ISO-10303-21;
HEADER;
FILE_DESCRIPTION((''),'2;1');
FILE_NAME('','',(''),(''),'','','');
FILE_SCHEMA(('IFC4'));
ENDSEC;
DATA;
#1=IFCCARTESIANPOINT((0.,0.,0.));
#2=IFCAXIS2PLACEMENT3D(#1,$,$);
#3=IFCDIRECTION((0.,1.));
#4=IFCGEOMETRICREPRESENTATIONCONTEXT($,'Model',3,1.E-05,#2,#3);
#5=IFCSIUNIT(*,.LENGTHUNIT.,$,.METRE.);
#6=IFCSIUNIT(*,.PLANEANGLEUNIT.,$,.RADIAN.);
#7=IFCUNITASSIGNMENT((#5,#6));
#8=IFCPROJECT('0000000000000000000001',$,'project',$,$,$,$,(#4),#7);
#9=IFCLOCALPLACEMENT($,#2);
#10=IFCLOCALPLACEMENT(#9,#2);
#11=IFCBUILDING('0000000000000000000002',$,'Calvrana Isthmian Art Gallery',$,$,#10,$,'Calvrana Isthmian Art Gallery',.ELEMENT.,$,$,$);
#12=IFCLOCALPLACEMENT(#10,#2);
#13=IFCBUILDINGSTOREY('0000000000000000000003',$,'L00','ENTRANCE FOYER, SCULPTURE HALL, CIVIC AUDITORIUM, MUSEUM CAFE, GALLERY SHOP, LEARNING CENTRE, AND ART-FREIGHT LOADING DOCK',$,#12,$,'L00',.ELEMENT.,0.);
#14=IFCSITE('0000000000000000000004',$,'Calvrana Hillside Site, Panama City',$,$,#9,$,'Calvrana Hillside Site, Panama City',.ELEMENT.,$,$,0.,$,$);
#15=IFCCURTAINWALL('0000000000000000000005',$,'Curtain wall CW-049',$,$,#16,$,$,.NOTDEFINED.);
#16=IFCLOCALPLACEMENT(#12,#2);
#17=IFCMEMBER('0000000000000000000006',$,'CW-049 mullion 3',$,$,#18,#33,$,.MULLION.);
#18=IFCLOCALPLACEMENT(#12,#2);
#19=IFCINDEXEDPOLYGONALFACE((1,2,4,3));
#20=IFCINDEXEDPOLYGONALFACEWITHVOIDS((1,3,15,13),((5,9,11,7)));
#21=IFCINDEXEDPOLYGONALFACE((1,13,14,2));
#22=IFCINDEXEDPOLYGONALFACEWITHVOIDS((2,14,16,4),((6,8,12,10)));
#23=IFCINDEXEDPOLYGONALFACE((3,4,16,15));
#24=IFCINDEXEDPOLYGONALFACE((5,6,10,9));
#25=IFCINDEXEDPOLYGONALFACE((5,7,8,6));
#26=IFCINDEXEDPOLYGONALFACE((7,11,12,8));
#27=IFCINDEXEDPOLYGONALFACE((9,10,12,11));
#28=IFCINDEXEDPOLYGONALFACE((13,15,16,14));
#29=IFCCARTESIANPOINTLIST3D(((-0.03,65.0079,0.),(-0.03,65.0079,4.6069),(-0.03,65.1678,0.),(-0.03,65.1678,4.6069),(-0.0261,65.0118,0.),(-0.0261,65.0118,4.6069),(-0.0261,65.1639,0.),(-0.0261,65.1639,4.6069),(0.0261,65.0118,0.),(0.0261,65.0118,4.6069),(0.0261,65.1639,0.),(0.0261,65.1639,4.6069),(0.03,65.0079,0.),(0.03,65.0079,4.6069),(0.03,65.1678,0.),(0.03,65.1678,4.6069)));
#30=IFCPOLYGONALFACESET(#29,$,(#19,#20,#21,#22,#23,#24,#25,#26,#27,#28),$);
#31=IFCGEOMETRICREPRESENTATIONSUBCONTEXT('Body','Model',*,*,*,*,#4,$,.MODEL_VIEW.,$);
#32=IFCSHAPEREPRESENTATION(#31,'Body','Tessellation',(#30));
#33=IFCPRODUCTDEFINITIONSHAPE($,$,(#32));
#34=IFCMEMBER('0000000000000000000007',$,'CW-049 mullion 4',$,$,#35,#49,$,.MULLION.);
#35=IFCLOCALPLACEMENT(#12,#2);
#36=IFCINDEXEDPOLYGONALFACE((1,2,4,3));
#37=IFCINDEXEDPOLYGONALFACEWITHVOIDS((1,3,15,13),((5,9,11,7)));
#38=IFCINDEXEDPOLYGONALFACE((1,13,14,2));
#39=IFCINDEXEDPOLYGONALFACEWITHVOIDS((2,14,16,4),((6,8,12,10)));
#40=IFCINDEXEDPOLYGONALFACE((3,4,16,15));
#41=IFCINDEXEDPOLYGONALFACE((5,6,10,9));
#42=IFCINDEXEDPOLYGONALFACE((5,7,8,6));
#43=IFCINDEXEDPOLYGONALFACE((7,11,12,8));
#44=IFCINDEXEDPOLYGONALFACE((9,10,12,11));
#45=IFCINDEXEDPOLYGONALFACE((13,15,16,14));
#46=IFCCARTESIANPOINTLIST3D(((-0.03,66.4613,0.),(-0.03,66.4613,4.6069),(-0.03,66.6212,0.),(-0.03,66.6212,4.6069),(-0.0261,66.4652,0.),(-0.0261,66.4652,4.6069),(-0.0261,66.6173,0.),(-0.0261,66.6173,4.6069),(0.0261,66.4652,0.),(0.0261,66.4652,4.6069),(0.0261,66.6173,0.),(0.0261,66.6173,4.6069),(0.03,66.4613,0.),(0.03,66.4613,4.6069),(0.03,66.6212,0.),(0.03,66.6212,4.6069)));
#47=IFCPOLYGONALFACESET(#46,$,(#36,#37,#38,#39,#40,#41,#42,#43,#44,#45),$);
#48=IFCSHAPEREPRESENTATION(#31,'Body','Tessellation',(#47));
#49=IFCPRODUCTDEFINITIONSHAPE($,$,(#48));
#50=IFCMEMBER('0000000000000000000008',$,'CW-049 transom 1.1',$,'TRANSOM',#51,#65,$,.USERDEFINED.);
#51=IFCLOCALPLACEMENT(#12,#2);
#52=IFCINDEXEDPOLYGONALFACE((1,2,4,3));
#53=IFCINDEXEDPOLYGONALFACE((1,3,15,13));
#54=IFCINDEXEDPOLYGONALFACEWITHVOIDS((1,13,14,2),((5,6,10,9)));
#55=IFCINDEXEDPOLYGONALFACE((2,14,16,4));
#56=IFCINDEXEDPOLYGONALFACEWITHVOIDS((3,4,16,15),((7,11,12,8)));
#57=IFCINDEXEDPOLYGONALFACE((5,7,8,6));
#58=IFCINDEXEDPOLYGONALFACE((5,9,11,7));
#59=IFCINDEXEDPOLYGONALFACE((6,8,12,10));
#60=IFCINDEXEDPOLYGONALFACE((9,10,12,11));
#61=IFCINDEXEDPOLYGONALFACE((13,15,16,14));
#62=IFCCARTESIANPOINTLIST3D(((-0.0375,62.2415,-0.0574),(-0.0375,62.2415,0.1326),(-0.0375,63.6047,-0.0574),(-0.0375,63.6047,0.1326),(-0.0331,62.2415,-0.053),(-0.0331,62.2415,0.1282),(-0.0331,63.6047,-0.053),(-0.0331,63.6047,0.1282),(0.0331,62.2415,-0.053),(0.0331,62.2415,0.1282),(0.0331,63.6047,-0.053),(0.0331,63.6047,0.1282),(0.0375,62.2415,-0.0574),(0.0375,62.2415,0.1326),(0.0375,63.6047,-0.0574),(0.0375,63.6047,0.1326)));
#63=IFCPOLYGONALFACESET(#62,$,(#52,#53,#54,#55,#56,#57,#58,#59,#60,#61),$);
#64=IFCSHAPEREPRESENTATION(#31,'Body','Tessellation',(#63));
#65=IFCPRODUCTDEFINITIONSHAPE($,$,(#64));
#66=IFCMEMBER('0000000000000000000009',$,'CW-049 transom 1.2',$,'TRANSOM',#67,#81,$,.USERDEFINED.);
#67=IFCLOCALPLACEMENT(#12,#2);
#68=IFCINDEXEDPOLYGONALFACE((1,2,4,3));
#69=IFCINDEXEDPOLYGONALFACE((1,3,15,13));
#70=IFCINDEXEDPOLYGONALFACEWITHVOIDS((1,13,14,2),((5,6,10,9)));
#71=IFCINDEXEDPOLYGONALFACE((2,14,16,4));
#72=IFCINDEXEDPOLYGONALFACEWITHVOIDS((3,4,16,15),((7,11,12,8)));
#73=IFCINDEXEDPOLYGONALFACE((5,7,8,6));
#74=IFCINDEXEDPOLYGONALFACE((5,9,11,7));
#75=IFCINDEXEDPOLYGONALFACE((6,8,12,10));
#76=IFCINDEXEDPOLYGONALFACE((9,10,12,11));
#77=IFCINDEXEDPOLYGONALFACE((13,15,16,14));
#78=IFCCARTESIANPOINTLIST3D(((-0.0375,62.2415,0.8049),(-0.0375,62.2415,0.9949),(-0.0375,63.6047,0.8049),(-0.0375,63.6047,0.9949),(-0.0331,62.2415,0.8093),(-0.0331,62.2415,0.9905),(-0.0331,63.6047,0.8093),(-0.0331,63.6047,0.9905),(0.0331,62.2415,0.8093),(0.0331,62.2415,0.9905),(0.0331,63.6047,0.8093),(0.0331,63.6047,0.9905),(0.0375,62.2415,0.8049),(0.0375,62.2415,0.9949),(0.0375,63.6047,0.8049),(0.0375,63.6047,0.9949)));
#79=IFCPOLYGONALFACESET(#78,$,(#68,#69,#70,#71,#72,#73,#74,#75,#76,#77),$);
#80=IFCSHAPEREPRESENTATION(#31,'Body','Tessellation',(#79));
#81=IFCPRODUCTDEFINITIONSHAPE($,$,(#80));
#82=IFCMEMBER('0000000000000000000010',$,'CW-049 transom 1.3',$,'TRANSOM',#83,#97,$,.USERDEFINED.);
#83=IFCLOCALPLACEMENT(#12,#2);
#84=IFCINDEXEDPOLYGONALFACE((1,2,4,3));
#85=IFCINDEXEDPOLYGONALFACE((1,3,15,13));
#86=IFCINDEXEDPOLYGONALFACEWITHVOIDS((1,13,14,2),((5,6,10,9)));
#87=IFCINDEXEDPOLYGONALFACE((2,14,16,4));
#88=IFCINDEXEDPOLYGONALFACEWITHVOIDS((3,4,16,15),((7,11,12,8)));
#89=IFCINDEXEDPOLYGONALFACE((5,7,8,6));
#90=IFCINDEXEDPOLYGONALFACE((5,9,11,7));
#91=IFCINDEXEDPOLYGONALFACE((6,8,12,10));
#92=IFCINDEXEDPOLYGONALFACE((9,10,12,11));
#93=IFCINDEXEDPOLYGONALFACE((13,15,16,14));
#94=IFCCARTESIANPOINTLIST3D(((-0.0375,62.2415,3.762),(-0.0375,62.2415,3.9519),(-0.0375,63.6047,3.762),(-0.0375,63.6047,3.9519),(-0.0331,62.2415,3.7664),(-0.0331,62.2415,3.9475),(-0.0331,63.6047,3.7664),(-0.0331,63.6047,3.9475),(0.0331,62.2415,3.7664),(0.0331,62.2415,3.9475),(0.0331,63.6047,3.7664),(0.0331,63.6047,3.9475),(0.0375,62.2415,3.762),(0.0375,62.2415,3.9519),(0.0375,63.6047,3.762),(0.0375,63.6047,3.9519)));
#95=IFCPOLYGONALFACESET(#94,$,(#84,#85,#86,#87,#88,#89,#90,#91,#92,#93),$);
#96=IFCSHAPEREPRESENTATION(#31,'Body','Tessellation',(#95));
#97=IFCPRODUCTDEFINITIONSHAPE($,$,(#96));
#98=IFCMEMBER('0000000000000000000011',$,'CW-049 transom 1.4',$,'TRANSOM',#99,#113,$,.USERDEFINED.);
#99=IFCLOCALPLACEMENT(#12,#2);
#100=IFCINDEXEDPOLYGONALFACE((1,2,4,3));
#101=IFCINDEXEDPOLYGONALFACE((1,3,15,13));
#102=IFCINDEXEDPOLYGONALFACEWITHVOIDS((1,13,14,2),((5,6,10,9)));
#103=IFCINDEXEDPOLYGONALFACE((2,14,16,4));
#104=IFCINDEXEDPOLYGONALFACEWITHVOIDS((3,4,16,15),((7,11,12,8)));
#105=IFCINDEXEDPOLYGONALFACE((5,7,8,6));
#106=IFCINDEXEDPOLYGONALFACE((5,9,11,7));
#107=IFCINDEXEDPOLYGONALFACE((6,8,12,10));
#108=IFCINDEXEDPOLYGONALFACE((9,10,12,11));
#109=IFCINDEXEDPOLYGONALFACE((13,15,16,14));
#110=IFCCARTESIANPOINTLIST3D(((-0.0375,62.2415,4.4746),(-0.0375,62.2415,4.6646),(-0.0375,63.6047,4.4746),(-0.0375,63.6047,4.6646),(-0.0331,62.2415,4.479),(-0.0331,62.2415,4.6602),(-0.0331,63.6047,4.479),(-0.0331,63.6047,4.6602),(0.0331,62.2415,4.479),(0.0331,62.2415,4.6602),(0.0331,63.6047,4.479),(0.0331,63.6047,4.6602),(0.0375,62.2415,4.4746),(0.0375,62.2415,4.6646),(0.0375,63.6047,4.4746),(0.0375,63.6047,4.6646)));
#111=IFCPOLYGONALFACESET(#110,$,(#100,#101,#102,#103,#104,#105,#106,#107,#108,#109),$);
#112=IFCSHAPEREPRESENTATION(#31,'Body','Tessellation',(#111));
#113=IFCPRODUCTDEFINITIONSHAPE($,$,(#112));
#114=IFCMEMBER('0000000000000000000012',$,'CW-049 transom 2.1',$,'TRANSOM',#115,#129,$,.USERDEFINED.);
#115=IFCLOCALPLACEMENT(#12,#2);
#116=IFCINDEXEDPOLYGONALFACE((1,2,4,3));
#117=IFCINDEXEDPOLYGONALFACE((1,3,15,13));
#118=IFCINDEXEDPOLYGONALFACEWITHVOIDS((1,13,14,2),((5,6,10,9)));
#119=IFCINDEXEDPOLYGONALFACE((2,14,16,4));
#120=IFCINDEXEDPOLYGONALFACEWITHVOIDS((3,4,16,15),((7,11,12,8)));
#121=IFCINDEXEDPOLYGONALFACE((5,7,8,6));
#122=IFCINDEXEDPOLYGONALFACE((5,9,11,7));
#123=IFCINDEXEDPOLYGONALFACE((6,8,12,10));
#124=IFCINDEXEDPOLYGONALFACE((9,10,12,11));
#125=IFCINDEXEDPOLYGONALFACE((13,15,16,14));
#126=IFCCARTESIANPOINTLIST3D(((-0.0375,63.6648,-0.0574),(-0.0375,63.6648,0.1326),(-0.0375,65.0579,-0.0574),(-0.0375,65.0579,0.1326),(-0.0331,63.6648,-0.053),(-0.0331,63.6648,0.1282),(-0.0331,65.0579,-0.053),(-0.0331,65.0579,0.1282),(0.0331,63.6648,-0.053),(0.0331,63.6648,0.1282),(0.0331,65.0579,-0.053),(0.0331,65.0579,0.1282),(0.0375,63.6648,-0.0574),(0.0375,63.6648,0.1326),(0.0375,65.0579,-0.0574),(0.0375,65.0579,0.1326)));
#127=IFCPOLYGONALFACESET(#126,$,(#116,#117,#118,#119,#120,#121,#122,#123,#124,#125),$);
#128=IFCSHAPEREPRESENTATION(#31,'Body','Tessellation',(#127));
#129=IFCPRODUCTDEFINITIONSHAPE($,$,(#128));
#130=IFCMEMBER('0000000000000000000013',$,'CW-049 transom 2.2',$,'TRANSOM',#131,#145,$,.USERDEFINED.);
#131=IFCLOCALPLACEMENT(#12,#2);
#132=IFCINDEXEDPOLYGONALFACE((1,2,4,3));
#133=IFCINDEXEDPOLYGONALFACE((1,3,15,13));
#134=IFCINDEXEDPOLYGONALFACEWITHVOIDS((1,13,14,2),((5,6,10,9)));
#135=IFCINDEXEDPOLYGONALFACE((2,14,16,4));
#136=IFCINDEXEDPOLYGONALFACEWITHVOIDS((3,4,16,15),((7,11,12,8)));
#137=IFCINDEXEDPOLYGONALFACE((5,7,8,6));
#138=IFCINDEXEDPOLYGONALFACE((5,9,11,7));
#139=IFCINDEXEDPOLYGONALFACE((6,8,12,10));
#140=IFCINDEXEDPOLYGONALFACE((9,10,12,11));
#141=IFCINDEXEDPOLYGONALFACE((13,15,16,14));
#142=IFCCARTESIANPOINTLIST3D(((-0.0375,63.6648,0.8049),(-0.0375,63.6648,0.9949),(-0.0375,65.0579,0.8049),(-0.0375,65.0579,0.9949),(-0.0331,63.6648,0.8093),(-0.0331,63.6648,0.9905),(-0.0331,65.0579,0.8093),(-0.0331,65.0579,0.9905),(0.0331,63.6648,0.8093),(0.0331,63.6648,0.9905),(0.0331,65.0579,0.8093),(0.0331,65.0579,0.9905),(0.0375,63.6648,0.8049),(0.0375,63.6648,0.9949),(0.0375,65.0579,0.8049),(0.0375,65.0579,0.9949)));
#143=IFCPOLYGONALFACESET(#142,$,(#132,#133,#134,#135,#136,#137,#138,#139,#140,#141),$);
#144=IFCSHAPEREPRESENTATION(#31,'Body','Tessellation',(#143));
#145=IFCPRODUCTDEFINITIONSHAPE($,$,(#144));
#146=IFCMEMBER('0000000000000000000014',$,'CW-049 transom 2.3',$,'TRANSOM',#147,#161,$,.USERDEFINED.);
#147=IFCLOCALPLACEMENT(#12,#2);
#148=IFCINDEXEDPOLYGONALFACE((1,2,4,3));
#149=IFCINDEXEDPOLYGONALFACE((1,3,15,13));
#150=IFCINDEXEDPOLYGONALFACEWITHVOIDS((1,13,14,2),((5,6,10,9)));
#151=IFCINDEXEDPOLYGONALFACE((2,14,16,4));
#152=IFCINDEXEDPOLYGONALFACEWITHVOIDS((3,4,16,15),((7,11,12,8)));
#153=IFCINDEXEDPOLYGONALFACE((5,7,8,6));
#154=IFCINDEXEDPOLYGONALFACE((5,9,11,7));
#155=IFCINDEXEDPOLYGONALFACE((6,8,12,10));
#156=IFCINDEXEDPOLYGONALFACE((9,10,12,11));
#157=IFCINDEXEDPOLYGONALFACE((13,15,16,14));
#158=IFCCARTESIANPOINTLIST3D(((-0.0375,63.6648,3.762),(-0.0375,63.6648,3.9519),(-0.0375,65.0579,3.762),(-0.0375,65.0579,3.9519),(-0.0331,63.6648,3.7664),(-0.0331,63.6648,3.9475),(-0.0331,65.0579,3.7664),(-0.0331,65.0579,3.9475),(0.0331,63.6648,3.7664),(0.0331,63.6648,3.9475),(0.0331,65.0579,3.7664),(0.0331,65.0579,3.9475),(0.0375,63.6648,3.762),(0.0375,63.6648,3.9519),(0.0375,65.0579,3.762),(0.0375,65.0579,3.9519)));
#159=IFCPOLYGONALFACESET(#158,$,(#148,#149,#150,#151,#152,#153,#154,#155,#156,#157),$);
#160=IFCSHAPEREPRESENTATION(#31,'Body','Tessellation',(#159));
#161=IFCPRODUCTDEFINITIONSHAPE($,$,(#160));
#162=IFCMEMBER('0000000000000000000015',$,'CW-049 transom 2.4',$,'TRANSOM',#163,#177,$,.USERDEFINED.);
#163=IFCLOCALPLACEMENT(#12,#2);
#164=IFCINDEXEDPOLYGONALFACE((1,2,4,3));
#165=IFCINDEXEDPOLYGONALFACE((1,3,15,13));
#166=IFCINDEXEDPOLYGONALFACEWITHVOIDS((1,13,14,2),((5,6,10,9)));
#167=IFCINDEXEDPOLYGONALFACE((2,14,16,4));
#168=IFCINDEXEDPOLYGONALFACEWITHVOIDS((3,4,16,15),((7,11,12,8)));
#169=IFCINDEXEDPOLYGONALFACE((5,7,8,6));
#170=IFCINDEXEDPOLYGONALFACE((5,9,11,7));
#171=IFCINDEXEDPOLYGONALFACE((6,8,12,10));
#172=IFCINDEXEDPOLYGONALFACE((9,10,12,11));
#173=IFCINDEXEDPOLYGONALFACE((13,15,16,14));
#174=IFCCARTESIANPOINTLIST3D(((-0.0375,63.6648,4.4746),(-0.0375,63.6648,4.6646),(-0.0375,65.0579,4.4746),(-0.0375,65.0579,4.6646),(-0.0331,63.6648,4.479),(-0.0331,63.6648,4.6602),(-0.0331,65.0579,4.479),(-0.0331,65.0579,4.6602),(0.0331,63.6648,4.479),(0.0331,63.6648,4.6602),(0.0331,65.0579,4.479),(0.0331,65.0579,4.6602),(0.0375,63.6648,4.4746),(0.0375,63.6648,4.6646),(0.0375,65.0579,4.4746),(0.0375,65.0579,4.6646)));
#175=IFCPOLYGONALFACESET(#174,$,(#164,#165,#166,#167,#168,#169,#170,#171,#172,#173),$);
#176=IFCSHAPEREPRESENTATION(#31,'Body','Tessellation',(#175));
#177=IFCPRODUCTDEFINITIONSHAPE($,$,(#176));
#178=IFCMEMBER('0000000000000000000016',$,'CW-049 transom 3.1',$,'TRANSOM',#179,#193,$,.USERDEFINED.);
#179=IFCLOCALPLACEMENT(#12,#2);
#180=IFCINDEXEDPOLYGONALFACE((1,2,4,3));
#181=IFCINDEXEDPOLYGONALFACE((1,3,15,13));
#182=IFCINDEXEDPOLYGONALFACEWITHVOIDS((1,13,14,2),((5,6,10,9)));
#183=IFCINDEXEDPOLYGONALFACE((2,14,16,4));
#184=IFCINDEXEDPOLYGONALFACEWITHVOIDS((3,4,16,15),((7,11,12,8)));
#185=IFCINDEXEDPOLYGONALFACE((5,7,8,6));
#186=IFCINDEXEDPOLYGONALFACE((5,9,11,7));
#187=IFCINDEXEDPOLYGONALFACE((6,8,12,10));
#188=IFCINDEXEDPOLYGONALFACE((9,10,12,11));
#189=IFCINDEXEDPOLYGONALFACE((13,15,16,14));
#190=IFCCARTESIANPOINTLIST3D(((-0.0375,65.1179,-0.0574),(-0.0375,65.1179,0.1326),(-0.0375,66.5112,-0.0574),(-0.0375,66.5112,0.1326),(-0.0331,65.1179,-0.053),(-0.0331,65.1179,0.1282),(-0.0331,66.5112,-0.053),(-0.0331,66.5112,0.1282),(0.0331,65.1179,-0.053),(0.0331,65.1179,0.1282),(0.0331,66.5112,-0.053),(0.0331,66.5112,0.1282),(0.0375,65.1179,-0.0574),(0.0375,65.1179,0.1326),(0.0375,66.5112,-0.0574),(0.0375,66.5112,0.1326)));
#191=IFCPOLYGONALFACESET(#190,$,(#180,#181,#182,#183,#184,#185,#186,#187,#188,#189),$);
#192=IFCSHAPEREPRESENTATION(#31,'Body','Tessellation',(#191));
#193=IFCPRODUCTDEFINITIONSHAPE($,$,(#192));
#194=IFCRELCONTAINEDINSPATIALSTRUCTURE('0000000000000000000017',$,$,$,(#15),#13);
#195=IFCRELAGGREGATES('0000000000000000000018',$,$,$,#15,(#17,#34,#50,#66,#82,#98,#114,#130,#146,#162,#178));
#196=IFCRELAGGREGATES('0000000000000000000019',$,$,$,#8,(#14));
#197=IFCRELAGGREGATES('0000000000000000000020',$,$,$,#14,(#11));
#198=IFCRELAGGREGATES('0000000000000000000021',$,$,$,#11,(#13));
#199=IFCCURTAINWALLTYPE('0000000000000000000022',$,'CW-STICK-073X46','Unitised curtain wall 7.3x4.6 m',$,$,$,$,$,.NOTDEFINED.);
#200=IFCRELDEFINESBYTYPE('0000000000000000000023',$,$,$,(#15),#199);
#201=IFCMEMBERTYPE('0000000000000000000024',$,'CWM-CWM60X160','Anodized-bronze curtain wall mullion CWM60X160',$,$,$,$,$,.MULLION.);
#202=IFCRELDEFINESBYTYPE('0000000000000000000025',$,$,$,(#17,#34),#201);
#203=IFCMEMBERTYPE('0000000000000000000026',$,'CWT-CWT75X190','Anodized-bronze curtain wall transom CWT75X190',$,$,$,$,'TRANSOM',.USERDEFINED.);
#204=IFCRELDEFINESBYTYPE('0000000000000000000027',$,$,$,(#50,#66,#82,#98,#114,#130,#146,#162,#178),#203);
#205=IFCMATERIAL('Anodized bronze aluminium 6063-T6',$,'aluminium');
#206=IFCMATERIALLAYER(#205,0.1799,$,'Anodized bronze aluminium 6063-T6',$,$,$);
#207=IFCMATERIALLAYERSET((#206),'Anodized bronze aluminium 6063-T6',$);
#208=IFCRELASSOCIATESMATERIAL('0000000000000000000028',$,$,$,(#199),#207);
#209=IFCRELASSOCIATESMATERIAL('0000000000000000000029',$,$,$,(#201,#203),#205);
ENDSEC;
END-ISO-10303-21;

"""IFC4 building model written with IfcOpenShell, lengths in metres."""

from ifc_helpers import new_model, si_unit, direction, frame, origin, origin_2d, place, context, subcontext, project, spatial, hollow_rectangle, extrude, material, layer, layer_set, material_profile, profile_set, type_object, element, aggregate, save


model = new_model("IFC4")

# Units and contexts
model_context = context("Model", 3, precision=1e-05, world=origin(), true_north=direction((0.0, 1.0)))
body_context = subcontext(model_context, "Body", "Model", "MODEL_VIEW")
ifc_project = project(units=[si_unit("LENGTHUNIT", "METRE"), si_unit("PLANEANGLEUNIT", "RADIAN")], contexts=[model_context])

# Site, building, storey
site_placement = place(None, origin())
site = spatial("IfcSite", under=ifc_project, at=site_placement, Name="Calvrana Hillside Site, Panama City", LongName="Calvrana Hillside Site, Panama City", CompositionType="ELEMENT", RefElevation=0.0)
building_placement = place(site_placement, origin())
building = spatial("IfcBuilding", under=site, at=building_placement, Name="Calvrana Isthmian Art Gallery", LongName="Calvrana Isthmian Art Gallery", CompositionType="ELEMENT")
storey_placement = place(building_placement, origin())
storey = spatial("IfcBuildingStorey", under=building, at=storey_placement, Name="L00", Description="ENTRANCE FOYER, SCULPTURE HALL, CIVIC AUDITORIUM, MUSEUM CAFE, GALLERY SHOP, LEARNING CENTRE, AND ART-FREIGHT LOADING DOCK", LongName="L00", CompositionType="ELEMENT", Elevation=0.0)

# Curtain wall, members
ifc_material_1 = material(Name="Anodized bronze aluminium 6063-T6", Category="aluminium")
ifc_layer_1 = layer(ifc_material_1, 0.1799, Name="Anodized bronze aluminium 6063-T6")
ifc_layer_set_1 = layer_set([ifc_layer_1], Name="Anodized bronze aluminium 6063-T6")
curtain_wall_type = type_object("IfcCurtainWallType", Name="CW-STICK-073X46", Description="Unitised curtain wall 7.3x4.6 m", PredefinedType="NOTDEFINED", material=ifc_layer_set_1)
curtain_wall_placement = place(storey_placement, origin())
curtain_wall = element("IfcCurtainWall", 1, at=curtain_wall_placement, inside=storey, type_object=curtain_wall_type, Name="Curtain wall CW-049", PredefinedType="NOTDEFINED")
ifc_material_profile_1 = material_profile(ifc_material_1, hollow_rectangle(XDim=0.0601, YDim=0.1599, WallThickness=0.0039, at=origin_2d()), Name="CWM60X160")
ifc_profile_set_1 = profile_set([ifc_material_profile_1], Name="Anodized bronze aluminium 6063-T6")
member_type_1 = type_object("IfcMemberType", Name="CWM-CWM60X160", Description="Anodized-bronze curtain wall mullion CWM60X160", PredefinedType="MULLION", material=ifc_profile_set_1)
member_1_placement = place(storey_placement, frame((0.0, 65.0879, 0.0), z_axis=(0.0, 0.0, 1.0), x_axis=(-1.0, 0.0, 0.0)))
member_1 = element("IfcMember", 2, at=member_1_placement, type_object=member_type_1, Name="CW-049 mullion 3", PredefinedType="MULLION", context=body_context, shape_type="SweptSolid", body=[
    extrude(hollow_rectangle(XDim=0.0601, YDim=0.1599, WallThickness=0.0039, at=origin_2d()), origin(), (0.0, 0.0, 1.0), 4.6069),
])
member_2_placement = place(storey_placement, frame((0.0, 66.5413, 0.0), z_axis=(0.0, 0.0, 1.0), x_axis=(-1.0, 0.0, 0.0)))
member_2 = element("IfcMember", 3, at=member_2_placement, type_object=member_type_1, Name="CW-049 mullion 4", PredefinedType="MULLION", context=body_context, shape_type="SweptSolid", body=[
    extrude(hollow_rectangle(XDim=0.0601, YDim=0.1599, WallThickness=0.0039, at=origin_2d()), origin(), (0.0, 0.0, 1.0), 4.6069),
])
ifc_material_profile_2 = material_profile(ifc_material_1, hollow_rectangle(XDim=0.075, YDim=0.1899, WallThickness=0.0044, at=origin_2d()), Name="CWT75X190")
ifc_profile_set_2 = profile_set([ifc_material_profile_2], Name="Anodized bronze aluminium 6063-T6")
member_type_2 = type_object("IfcMemberType", Name="CWT-CWT75X190", Description="Anodized-bronze curtain wall transom CWT75X190", ElementType="TRANSOM", PredefinedType="USERDEFINED", material=ifc_profile_set_2)
member_3_placement = place(storey_placement, frame((0.0, 62.2415, 0.0376), z_axis=(0.0, 1.0, 0.0), x_axis=(-1.0, 0.0, 0.0)))
member_3 = element("IfcMember", 4, at=member_3_placement, type_object=member_type_2, Name="CW-049 transom 1.1", ObjectType="TRANSOM", PredefinedType="USERDEFINED", context=body_context, shape_type="SweptSolid", body=[
    extrude(hollow_rectangle(XDim=0.075, YDim=0.1899, WallThickness=0.0044, at=origin_2d()), origin(), (0.0, 0.0, 1.0), 1.3633),
])
member_4_placement = place(storey_placement, frame((0.0, 62.2415, 0.8999), z_axis=(0.0, 1.0, 0.0), x_axis=(-1.0, 0.0, 0.0)))
member_4 = element("IfcMember", 5, at=member_4_placement, type_object=member_type_2, Name="CW-049 transom 1.2", ObjectType="TRANSOM", PredefinedType="USERDEFINED", context=body_context, shape_type="SweptSolid", body=[
    extrude(hollow_rectangle(XDim=0.075, YDim=0.1899, WallThickness=0.0044, at=origin_2d()), origin(), (0.0, 0.0, 1.0), 1.3633),
])
member_5_placement = place(storey_placement, frame((0.0, 62.2415, 3.8569), z_axis=(0.0, 1.0, 0.0), x_axis=(-1.0, 0.0, 0.0)))
member_5 = element("IfcMember", 6, at=member_5_placement, type_object=member_type_2, Name="CW-049 transom 1.3", ObjectType="TRANSOM", PredefinedType="USERDEFINED", context=body_context, shape_type="SweptSolid", body=[
    extrude(hollow_rectangle(XDim=0.075, YDim=0.1899, WallThickness=0.0044, at=origin_2d()), origin(), (0.0, 0.0, 1.0), 1.3633),
])
member_6_placement = place(storey_placement, frame((0.0, 62.2415, 4.5696), z_axis=(0.0, 1.0, 0.0), x_axis=(-1.0, 0.0, 0.0)))
member_6 = element("IfcMember", 7, at=member_6_placement, type_object=member_type_2, Name="CW-049 transom 1.4", ObjectType="TRANSOM", PredefinedType="USERDEFINED", context=body_context, shape_type="SweptSolid", body=[
    extrude(hollow_rectangle(XDim=0.075, YDim=0.1899, WallThickness=0.0044, at=origin_2d()), origin(), (0.0, 0.0, 1.0), 1.3633),
])
member_7_placement = place(storey_placement, frame((0.0, 63.6648, 0.0376), z_axis=(0.0, 1.0, 0.0), x_axis=(-1.0, 0.0, 0.0)))
member_7 = element("IfcMember", 8, at=member_7_placement, type_object=member_type_2, Name="CW-049 transom 2.1", ObjectType="TRANSOM", PredefinedType="USERDEFINED", context=body_context, shape_type="SweptSolid", body=[
    extrude(hollow_rectangle(XDim=0.075, YDim=0.1899, WallThickness=0.0044, at=origin_2d()), origin(), (0.0, 0.0, 1.0), 1.3931),
])
member_8_placement = place(storey_placement, frame((0.0, 63.6648, 0.8999), z_axis=(0.0, 1.0, 0.0), x_axis=(-1.0, 0.0, 0.0)))
member_8 = element("IfcMember", 9, at=member_8_placement, type_object=member_type_2, Name="CW-049 transom 2.2", ObjectType="TRANSOM", PredefinedType="USERDEFINED", context=body_context, shape_type="SweptSolid", body=[
    extrude(hollow_rectangle(XDim=0.075, YDim=0.1899, WallThickness=0.0044, at=origin_2d()), origin(), (0.0, 0.0, 1.0), 1.3931),
])
member_9_placement = place(storey_placement, frame((0.0, 63.6648, 3.8569), z_axis=(0.0, 1.0, 0.0), x_axis=(-1.0, 0.0, 0.0)))
member_9 = element("IfcMember", 10, at=member_9_placement, type_object=member_type_2, Name="CW-049 transom 2.3", ObjectType="TRANSOM", PredefinedType="USERDEFINED", context=body_context, shape_type="SweptSolid", body=[
    extrude(hollow_rectangle(XDim=0.075, YDim=0.1899, WallThickness=0.0044, at=origin_2d()), origin(), (0.0, 0.0, 1.0), 1.3931),
])
member_10_placement = place(storey_placement, frame((0.0, 63.6648, 4.5696), z_axis=(0.0, 1.0, 0.0), x_axis=(-1.0, 0.0, 0.0)))
member_10 = element("IfcMember", 11, at=member_10_placement, type_object=member_type_2, Name="CW-049 transom 2.4", ObjectType="TRANSOM", PredefinedType="USERDEFINED", context=body_context, shape_type="SweptSolid", body=[
    extrude(hollow_rectangle(XDim=0.075, YDim=0.1899, WallThickness=0.0044, at=origin_2d()), origin(), (0.0, 0.0, 1.0), 1.3931),
])
member_11_placement = place(storey_placement, frame((0.0, 65.1179, 0.0376), z_axis=(0.0, 1.0, 0.0), x_axis=(-1.0, 0.0, 0.0)))
member_11 = element("IfcMember", 12, at=member_11_placement, type_object=member_type_2, Name="CW-049 transom 3.1", ObjectType="TRANSOM", PredefinedType="USERDEFINED", context=body_context, shape_type="SweptSolid", body=[
    extrude(hollow_rectangle(XDim=0.075, YDim=0.1899, WallThickness=0.0044, at=origin_2d()), origin(), (0.0, 0.0, 1.0), 1.3933),
])
aggregate(curtain_wall, [member_1, member_2, member_3, member_4, member_5, member_6, member_7, member_8, member_9, member_10, member_11])

save(model, "model.ifc")
